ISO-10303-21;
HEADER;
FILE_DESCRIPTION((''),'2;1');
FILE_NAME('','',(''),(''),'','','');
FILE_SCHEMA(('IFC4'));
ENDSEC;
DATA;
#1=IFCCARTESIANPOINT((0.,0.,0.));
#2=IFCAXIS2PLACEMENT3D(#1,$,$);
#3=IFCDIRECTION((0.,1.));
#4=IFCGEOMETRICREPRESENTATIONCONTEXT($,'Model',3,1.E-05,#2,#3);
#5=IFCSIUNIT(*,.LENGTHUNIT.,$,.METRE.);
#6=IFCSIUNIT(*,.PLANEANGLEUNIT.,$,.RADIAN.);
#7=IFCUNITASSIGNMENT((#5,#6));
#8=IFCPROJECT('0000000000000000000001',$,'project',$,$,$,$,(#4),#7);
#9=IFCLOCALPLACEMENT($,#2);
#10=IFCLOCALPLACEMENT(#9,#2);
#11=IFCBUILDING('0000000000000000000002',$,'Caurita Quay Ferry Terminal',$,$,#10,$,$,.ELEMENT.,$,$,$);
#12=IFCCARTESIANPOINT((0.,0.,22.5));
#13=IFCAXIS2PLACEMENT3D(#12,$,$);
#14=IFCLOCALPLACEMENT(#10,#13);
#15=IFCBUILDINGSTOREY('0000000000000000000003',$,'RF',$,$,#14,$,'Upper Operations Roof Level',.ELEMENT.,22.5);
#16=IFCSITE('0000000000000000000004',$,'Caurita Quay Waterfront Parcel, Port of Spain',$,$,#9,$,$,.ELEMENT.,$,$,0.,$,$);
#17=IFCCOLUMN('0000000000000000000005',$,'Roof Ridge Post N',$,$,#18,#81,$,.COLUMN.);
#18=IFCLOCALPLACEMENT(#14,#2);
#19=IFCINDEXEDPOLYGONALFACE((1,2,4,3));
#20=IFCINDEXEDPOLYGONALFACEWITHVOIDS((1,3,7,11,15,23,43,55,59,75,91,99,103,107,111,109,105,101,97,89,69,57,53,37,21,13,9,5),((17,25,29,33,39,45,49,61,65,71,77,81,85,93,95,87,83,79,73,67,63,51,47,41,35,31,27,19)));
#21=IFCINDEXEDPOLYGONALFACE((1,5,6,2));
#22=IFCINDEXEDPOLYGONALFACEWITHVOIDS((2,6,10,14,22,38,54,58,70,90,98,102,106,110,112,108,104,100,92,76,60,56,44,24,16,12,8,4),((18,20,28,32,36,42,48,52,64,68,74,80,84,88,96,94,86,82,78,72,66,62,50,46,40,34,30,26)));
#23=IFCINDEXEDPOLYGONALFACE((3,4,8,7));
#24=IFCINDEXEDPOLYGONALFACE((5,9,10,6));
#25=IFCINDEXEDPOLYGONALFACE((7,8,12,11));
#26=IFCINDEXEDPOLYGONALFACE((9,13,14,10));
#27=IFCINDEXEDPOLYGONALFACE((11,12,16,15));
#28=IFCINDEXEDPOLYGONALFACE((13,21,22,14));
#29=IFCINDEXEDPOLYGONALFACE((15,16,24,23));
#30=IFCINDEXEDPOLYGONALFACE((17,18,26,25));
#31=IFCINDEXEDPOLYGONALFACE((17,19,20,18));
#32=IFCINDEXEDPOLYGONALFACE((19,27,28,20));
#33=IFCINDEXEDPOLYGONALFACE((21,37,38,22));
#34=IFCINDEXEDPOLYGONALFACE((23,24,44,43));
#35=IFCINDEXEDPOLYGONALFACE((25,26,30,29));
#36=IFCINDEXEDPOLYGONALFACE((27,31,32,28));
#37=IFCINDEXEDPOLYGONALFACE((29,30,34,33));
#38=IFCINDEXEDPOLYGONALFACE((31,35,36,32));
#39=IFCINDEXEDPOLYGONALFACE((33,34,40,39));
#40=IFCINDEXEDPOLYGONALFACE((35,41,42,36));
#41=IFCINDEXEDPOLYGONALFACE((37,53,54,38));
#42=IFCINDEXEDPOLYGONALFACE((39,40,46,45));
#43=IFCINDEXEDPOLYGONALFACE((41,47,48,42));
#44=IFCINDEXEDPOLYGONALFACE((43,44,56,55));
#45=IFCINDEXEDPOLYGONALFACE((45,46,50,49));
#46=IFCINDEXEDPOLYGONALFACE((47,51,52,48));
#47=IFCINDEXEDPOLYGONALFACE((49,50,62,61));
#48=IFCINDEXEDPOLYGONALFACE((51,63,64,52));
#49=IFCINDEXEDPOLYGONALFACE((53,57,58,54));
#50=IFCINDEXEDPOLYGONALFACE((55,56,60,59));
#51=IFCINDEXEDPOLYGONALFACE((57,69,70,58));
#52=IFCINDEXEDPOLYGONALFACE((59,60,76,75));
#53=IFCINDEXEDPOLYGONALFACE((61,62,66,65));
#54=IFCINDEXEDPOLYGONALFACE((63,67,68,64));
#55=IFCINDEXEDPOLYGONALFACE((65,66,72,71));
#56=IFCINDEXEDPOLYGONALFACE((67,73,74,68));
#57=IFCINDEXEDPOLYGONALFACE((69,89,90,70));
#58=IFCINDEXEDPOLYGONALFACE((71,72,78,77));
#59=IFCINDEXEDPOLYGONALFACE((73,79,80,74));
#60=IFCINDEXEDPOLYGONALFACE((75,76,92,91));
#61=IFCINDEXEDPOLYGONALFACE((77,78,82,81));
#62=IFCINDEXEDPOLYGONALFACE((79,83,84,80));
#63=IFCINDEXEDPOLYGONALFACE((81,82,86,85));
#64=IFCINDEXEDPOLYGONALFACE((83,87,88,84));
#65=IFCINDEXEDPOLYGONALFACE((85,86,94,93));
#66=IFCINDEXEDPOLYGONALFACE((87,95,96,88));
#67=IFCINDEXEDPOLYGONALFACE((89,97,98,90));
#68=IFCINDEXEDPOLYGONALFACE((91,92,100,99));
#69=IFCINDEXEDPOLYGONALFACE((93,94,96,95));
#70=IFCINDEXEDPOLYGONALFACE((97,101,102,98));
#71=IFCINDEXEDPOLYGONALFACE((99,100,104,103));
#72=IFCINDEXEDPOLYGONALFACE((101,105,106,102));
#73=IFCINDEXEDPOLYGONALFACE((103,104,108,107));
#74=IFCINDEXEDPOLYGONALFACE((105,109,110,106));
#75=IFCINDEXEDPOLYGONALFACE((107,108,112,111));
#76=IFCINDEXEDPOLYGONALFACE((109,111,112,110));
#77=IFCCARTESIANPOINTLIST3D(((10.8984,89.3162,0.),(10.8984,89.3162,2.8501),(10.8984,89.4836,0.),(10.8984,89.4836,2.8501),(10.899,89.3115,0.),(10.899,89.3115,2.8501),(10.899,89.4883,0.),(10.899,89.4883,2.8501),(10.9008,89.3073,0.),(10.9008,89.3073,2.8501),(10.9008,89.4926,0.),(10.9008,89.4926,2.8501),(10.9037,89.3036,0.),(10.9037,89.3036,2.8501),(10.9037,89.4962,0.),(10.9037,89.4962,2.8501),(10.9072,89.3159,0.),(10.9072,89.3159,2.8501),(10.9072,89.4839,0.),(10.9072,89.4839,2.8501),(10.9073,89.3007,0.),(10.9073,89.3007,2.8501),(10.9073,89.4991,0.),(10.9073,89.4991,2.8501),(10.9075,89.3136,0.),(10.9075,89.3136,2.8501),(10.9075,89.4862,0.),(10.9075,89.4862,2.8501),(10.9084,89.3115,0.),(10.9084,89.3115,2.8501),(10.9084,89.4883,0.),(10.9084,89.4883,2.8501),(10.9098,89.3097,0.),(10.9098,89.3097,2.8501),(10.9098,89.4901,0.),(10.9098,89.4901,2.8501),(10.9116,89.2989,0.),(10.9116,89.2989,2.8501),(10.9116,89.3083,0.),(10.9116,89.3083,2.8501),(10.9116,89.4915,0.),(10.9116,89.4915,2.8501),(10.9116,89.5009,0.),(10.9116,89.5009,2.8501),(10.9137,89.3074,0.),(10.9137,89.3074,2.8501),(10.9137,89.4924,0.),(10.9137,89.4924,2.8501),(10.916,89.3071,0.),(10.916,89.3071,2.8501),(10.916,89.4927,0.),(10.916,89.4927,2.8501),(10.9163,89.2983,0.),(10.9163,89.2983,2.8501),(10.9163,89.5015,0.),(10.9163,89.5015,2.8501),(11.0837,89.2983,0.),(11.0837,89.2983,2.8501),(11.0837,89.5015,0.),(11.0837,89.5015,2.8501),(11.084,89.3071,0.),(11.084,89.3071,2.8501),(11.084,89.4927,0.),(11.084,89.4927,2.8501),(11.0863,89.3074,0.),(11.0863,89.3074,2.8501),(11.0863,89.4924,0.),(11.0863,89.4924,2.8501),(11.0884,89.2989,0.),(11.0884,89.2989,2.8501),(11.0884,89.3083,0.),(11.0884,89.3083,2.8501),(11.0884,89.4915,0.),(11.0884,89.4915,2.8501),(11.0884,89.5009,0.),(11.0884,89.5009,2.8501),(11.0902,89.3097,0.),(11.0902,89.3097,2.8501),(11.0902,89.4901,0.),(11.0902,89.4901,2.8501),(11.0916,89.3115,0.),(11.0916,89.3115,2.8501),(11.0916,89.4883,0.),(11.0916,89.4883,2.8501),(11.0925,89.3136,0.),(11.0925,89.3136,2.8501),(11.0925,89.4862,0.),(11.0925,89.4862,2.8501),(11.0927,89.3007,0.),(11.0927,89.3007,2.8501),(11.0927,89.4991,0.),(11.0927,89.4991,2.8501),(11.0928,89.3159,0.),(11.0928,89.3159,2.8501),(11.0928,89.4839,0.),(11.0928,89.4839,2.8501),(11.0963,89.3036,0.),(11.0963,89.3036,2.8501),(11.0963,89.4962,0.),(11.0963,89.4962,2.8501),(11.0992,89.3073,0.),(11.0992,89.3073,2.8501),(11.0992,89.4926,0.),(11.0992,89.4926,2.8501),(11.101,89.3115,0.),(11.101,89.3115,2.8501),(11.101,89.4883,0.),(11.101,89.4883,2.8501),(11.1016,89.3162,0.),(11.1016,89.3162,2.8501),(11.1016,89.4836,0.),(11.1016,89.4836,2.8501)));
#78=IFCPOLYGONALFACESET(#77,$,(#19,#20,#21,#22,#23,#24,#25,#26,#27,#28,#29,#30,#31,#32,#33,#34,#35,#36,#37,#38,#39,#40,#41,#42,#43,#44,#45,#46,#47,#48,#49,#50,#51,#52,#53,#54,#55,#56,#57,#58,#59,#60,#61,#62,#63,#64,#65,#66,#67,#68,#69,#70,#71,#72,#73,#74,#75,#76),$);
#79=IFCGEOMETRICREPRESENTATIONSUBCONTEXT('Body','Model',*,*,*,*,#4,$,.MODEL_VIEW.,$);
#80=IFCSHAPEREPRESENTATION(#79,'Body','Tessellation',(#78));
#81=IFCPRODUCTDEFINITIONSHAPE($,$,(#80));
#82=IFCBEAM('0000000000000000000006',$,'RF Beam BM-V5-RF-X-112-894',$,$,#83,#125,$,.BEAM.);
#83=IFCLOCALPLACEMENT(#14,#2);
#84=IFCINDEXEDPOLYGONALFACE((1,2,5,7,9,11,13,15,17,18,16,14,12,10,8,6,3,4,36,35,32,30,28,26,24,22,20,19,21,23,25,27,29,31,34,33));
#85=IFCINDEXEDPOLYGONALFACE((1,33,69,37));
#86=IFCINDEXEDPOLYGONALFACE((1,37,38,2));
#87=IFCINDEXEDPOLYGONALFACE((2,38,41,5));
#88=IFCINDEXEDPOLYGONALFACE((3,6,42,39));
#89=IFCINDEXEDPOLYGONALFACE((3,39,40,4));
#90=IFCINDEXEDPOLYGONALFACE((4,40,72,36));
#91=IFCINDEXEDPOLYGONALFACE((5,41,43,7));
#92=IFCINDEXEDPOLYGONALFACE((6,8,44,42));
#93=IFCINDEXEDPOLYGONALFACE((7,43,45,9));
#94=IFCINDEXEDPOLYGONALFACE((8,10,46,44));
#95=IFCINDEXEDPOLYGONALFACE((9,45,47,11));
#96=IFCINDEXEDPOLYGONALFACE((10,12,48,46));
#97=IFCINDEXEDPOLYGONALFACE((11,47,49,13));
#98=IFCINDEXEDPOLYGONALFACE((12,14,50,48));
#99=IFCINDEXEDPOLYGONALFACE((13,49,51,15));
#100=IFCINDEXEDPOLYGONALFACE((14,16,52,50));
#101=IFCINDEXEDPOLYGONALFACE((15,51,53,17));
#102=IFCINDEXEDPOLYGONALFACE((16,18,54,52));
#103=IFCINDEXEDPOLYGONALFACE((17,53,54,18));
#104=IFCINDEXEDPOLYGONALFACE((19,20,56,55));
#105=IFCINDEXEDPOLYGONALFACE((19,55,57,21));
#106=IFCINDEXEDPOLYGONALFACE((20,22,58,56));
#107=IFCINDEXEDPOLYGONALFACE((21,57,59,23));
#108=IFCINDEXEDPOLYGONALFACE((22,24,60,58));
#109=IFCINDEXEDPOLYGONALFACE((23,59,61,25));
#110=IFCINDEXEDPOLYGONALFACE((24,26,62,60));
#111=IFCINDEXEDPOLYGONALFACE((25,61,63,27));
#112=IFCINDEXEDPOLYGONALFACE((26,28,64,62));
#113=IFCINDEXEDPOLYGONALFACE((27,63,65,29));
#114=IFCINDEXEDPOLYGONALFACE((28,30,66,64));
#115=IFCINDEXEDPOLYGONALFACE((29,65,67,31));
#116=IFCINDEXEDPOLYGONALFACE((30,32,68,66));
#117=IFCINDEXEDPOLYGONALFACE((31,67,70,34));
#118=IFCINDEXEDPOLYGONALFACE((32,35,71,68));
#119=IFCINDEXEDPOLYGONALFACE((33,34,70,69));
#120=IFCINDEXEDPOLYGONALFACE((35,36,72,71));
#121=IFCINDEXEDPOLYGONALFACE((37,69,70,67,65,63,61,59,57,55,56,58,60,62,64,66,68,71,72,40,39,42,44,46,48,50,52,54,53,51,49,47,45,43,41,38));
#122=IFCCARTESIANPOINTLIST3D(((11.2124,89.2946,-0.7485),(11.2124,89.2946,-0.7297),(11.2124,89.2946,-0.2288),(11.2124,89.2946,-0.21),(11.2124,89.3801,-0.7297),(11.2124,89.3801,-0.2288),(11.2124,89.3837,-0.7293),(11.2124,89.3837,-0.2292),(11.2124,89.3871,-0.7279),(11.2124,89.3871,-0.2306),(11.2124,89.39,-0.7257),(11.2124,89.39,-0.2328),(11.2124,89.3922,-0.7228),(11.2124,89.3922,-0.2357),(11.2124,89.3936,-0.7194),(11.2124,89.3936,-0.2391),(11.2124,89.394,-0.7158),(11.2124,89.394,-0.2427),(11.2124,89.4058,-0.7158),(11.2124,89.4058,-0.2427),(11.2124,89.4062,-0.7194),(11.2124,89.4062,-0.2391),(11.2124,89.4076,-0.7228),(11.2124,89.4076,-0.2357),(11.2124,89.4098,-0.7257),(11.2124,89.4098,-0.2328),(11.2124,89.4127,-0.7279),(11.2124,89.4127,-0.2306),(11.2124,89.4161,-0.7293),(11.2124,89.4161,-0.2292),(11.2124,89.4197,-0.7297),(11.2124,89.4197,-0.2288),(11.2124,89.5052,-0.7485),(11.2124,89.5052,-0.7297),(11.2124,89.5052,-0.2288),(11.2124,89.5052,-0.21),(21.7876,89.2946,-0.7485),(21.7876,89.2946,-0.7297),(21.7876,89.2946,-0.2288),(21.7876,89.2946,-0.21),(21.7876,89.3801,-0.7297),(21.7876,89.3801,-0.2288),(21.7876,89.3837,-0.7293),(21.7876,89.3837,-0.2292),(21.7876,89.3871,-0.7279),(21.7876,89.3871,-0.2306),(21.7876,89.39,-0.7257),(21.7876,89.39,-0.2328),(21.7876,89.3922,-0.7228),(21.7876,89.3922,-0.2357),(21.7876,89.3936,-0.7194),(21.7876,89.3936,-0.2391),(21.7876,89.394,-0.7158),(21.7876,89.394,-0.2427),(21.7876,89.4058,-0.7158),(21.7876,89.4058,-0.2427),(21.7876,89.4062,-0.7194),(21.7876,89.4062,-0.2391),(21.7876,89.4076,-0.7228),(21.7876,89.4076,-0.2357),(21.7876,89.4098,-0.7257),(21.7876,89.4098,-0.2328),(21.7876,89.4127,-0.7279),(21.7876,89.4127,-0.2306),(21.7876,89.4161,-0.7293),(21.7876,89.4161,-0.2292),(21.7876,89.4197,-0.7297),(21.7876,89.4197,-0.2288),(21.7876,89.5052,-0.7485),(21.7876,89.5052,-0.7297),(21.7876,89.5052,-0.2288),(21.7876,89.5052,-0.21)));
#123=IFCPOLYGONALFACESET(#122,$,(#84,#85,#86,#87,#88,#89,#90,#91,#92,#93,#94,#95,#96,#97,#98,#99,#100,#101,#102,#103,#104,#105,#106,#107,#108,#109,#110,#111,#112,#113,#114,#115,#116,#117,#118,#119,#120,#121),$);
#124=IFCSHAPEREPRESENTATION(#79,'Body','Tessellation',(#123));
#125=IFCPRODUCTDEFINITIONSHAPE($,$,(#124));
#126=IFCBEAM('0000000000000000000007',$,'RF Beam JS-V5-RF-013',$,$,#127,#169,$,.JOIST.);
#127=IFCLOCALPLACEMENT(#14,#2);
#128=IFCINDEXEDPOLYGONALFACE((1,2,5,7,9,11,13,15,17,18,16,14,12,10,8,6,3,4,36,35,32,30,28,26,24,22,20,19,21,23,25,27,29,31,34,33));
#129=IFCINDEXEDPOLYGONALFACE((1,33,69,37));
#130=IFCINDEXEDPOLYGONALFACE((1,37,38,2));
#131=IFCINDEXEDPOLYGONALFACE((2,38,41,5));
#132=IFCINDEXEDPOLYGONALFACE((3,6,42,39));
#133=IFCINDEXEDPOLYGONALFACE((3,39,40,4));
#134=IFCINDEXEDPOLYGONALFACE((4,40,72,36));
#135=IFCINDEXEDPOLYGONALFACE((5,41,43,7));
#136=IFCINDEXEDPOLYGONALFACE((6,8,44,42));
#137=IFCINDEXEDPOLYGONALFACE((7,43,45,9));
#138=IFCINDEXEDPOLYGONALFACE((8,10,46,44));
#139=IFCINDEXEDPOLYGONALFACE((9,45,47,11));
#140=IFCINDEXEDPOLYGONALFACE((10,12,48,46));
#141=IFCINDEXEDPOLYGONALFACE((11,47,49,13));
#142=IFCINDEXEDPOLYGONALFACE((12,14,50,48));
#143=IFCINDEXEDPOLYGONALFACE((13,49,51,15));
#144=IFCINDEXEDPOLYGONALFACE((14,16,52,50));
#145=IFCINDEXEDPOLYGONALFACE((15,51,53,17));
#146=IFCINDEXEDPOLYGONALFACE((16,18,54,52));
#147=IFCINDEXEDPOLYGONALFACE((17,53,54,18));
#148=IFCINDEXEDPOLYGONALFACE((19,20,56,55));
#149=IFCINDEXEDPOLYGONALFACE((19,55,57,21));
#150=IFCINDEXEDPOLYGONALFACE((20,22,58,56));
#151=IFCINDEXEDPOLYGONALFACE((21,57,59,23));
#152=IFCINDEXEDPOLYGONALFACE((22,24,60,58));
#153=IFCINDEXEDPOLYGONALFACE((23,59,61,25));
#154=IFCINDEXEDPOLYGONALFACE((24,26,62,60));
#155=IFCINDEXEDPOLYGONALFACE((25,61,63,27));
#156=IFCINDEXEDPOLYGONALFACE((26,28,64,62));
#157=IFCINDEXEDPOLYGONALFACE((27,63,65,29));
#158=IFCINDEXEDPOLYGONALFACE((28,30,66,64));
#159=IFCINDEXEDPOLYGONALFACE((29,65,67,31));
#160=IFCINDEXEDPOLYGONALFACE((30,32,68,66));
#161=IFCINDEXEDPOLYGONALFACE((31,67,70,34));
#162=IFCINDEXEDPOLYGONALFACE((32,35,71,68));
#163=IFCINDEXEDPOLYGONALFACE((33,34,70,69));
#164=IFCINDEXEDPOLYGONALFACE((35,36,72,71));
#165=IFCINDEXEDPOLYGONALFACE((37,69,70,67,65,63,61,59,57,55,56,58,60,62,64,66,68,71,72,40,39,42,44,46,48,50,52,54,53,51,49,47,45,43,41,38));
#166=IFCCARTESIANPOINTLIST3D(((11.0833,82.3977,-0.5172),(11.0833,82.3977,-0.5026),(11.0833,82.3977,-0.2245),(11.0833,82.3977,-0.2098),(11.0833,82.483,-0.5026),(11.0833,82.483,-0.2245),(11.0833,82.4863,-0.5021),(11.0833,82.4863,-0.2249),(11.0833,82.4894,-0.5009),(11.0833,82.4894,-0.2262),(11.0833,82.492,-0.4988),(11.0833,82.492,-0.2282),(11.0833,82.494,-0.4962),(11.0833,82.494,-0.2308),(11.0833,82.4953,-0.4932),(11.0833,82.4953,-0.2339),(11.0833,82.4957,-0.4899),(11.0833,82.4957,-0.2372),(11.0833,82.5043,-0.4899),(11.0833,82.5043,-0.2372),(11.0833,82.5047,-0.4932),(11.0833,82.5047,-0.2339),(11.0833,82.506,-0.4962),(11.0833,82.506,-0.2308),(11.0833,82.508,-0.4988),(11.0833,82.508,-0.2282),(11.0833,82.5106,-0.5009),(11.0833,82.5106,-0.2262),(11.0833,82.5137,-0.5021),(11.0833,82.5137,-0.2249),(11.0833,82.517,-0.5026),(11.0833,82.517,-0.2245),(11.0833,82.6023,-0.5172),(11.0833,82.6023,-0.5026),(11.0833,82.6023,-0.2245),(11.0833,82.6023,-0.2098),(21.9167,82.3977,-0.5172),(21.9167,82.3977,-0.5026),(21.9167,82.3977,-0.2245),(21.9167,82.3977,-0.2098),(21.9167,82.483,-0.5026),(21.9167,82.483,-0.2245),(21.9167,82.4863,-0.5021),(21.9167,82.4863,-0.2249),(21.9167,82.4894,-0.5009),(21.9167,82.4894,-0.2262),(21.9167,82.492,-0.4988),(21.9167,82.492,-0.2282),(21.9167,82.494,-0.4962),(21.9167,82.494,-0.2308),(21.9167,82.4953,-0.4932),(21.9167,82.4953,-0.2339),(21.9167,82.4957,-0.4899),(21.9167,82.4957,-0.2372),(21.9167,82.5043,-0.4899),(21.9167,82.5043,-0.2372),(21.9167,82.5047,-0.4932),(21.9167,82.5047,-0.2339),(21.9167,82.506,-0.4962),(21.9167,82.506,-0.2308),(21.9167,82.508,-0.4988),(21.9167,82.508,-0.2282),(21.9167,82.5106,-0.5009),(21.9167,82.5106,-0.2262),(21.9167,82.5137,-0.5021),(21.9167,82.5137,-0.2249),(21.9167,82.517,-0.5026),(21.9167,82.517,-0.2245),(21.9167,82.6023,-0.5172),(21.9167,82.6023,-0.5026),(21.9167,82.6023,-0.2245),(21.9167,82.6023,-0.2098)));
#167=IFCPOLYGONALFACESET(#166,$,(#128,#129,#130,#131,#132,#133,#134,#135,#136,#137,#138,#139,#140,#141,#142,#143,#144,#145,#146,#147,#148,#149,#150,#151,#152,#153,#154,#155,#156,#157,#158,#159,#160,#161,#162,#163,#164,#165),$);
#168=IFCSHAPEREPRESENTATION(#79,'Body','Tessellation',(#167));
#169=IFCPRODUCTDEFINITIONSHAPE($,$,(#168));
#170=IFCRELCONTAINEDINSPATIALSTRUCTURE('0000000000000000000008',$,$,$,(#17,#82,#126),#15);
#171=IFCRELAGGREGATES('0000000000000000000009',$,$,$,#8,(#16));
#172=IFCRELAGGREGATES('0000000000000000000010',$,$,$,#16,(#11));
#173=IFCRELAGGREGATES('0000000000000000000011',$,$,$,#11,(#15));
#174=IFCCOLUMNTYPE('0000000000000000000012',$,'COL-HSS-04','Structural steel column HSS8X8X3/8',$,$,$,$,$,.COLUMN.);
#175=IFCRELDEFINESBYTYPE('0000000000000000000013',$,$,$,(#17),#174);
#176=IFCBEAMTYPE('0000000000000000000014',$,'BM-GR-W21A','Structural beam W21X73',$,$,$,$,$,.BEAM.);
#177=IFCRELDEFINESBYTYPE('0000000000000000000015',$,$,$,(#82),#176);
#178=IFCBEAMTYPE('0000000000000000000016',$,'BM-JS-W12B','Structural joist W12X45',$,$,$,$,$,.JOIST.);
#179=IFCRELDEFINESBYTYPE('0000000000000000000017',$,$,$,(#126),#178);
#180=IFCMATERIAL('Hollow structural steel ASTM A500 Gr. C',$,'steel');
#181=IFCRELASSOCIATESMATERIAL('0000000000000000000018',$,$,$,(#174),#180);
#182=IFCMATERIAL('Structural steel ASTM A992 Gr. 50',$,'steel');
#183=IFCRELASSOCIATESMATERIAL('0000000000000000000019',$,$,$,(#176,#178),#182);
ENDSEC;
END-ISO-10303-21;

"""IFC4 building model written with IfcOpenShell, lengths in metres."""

from ifc_helpers import new_model, si_unit, direction, frame, origin, origin_2d, place, context, subcontext, project, spatial, hollow_rectangle, i_section, extrude, material, material_profile, profile_set, type_object, element, save


model = new_model("IFC4")

# Units and contexts
model_context = context("Model", 3, precision=1e-05, world=origin(), true_north=direction((0.0, 1.0)))
body_context = subcontext(model_context, "Body", "Model", "MODEL_VIEW")
ifc_project = project(units=[si_unit("LENGTHUNIT", "METRE"), si_unit("PLANEANGLEUNIT", "RADIAN")], contexts=[model_context])

# Site, building, storey
site_placement = place(None, origin())
site = spatial("IfcSite", under=ifc_project, at=site_placement, Name="Caurita Quay Waterfront Parcel, Port of Spain", CompositionType="ELEMENT", RefElevation=0.0)
building_placement = place(site_placement, origin())
building = spatial("IfcBuilding", under=site, at=building_placement, Name="Caurita Quay Ferry Terminal", CompositionType="ELEMENT")
storey_placement = place(building_placement, frame((0.0, 0.0, 22.5)))
storey = spatial("IfcBuildingStorey", under=building, at=storey_placement, Name="RF", LongName="Upper Operations Roof Level", CompositionType="ELEMENT", Elevation=22.5)

# Column
ifc_material_1 = material(Name="Hollow structural steel ASTM A500 Gr. C", Category="steel")
ifc_material_profile_1 = material_profile(ifc_material_1, hollow_rectangle(XDim=0.2031, YDim=0.2031, WallThickness=0.0088, InnerFilletRadius=0.0088, OuterFilletRadius=0.0178, at=origin_2d()), Name="HSS8X8X3/8")
ifc_profile_set_1 = profile_set([ifc_material_profile_1], Name="Hollow structural steel ASTM A500 Gr. C")
column_type = type_object("IfcColumnType", Name="COL-HSS-04", Description="Structural steel column HSS8X8X3/8", PredefinedType="COLUMN", material=ifc_profile_set_1)
column_placement = place(storey_placement, frame((11.0, 89.3999, 0.0), z_axis=(0.0, 0.0, 1.0), x_axis=(1.0, 0.0, 0.0)))
element("IfcColumn", 1, at=column_placement, inside=storey, type_object=column_type, Name="Roof Ridge Post N", PredefinedType="COLUMN", context=body_context, shape_type="SweptSolid", body=[
    extrude(hollow_rectangle(XDim=0.2031, YDim=0.2031, WallThickness=0.0088, InnerFilletRadius=0.0088, OuterFilletRadius=0.0178, at=origin_2d()), origin(), (0.0, 0.0, 1.0), 2.8501),
])

# Beams
ifc_material_2 = material(Name="Structural steel ASTM A992 Gr. 50", Category="steel")
ifc_material_profile_2 = material_profile(ifc_material_2, i_section(OverallWidth=0.2107, OverallDepth=0.5386, WebThickness=0.0117, FlangeThickness=0.0188, FilletRadius=0.0139, at=origin_2d()), Name="W21X73")
ifc_profile_set_2 = profile_set([ifc_material_profile_2], Name="Structural steel ASTM A992 Gr. 50")
beam_type_1 = type_object("IfcBeamType", Name="BM-GR-W21A", Description="Structural beam W21X73", PredefinedType="BEAM", material=ifc_profile_set_2)
beam_placement = place(storey_placement, frame((11.2124, 89.3999, -0.4792), z_axis=(1.0, 0.0, 0.0), x_axis=(0.0, 1.0, 0.0)))
element("IfcBeam", 2, at=beam_placement, inside=storey, type_object=beam_type_1, Name="RF Beam BM-V5-RF-X-112-894", PredefinedType="BEAM", context=body_context, shape_type="SweptSolid", body=[
    extrude(i_section(OverallWidth=0.2107, OverallDepth=0.5386, WebThickness=0.0117, FlangeThickness=0.0188, FilletRadius=0.0139, at=origin_2d()), origin(), (0.0, 0.0, 1.0), 10.5752),
])
ifc_material_profile_3 = material_profile(ifc_material_2, i_section(OverallWidth=0.2046, OverallDepth=0.3074, WebThickness=0.0085, FlangeThickness=0.0146, FilletRadius=0.0127, at=origin_2d()), Name="W12X45")
ifc_profile_set_3 = profile_set([ifc_material_profile_3], Name="Structural steel ASTM A992 Gr. 50")
beam_type_2 = type_object("IfcBeamType", Name="BM-JS-W12B", Description="Structural joist W12X45", PredefinedType="JOIST", material=ifc_profile_set_3)
for number, where, z_axis, x_axis, name in (
    (3, (11.0833, 82.5, -0.3635), (1.0, 0.0, 0.0), (0.0, 1.0, 0.0), "RF Beam JS-V5-RF-013"),
):
    element("IfcBeam", number, at=place(storey_placement, frame(where, z_axis=z_axis, x_axis=x_axis)), inside=storey, type_object=beam_type_2, Name=name, PredefinedType="JOIST", context=body_context, shape_type="SweptSolid", body=[
        extrude(i_section(OverallWidth=0.2046, OverallDepth=0.3074, WebThickness=0.0085, FlangeThickness=0.0146, FilletRadius=0.0127, at=origin_2d()), origin(), (0.0, 0.0, 1.0), 10.8335),
    ])

save(model, "model.ifc")
